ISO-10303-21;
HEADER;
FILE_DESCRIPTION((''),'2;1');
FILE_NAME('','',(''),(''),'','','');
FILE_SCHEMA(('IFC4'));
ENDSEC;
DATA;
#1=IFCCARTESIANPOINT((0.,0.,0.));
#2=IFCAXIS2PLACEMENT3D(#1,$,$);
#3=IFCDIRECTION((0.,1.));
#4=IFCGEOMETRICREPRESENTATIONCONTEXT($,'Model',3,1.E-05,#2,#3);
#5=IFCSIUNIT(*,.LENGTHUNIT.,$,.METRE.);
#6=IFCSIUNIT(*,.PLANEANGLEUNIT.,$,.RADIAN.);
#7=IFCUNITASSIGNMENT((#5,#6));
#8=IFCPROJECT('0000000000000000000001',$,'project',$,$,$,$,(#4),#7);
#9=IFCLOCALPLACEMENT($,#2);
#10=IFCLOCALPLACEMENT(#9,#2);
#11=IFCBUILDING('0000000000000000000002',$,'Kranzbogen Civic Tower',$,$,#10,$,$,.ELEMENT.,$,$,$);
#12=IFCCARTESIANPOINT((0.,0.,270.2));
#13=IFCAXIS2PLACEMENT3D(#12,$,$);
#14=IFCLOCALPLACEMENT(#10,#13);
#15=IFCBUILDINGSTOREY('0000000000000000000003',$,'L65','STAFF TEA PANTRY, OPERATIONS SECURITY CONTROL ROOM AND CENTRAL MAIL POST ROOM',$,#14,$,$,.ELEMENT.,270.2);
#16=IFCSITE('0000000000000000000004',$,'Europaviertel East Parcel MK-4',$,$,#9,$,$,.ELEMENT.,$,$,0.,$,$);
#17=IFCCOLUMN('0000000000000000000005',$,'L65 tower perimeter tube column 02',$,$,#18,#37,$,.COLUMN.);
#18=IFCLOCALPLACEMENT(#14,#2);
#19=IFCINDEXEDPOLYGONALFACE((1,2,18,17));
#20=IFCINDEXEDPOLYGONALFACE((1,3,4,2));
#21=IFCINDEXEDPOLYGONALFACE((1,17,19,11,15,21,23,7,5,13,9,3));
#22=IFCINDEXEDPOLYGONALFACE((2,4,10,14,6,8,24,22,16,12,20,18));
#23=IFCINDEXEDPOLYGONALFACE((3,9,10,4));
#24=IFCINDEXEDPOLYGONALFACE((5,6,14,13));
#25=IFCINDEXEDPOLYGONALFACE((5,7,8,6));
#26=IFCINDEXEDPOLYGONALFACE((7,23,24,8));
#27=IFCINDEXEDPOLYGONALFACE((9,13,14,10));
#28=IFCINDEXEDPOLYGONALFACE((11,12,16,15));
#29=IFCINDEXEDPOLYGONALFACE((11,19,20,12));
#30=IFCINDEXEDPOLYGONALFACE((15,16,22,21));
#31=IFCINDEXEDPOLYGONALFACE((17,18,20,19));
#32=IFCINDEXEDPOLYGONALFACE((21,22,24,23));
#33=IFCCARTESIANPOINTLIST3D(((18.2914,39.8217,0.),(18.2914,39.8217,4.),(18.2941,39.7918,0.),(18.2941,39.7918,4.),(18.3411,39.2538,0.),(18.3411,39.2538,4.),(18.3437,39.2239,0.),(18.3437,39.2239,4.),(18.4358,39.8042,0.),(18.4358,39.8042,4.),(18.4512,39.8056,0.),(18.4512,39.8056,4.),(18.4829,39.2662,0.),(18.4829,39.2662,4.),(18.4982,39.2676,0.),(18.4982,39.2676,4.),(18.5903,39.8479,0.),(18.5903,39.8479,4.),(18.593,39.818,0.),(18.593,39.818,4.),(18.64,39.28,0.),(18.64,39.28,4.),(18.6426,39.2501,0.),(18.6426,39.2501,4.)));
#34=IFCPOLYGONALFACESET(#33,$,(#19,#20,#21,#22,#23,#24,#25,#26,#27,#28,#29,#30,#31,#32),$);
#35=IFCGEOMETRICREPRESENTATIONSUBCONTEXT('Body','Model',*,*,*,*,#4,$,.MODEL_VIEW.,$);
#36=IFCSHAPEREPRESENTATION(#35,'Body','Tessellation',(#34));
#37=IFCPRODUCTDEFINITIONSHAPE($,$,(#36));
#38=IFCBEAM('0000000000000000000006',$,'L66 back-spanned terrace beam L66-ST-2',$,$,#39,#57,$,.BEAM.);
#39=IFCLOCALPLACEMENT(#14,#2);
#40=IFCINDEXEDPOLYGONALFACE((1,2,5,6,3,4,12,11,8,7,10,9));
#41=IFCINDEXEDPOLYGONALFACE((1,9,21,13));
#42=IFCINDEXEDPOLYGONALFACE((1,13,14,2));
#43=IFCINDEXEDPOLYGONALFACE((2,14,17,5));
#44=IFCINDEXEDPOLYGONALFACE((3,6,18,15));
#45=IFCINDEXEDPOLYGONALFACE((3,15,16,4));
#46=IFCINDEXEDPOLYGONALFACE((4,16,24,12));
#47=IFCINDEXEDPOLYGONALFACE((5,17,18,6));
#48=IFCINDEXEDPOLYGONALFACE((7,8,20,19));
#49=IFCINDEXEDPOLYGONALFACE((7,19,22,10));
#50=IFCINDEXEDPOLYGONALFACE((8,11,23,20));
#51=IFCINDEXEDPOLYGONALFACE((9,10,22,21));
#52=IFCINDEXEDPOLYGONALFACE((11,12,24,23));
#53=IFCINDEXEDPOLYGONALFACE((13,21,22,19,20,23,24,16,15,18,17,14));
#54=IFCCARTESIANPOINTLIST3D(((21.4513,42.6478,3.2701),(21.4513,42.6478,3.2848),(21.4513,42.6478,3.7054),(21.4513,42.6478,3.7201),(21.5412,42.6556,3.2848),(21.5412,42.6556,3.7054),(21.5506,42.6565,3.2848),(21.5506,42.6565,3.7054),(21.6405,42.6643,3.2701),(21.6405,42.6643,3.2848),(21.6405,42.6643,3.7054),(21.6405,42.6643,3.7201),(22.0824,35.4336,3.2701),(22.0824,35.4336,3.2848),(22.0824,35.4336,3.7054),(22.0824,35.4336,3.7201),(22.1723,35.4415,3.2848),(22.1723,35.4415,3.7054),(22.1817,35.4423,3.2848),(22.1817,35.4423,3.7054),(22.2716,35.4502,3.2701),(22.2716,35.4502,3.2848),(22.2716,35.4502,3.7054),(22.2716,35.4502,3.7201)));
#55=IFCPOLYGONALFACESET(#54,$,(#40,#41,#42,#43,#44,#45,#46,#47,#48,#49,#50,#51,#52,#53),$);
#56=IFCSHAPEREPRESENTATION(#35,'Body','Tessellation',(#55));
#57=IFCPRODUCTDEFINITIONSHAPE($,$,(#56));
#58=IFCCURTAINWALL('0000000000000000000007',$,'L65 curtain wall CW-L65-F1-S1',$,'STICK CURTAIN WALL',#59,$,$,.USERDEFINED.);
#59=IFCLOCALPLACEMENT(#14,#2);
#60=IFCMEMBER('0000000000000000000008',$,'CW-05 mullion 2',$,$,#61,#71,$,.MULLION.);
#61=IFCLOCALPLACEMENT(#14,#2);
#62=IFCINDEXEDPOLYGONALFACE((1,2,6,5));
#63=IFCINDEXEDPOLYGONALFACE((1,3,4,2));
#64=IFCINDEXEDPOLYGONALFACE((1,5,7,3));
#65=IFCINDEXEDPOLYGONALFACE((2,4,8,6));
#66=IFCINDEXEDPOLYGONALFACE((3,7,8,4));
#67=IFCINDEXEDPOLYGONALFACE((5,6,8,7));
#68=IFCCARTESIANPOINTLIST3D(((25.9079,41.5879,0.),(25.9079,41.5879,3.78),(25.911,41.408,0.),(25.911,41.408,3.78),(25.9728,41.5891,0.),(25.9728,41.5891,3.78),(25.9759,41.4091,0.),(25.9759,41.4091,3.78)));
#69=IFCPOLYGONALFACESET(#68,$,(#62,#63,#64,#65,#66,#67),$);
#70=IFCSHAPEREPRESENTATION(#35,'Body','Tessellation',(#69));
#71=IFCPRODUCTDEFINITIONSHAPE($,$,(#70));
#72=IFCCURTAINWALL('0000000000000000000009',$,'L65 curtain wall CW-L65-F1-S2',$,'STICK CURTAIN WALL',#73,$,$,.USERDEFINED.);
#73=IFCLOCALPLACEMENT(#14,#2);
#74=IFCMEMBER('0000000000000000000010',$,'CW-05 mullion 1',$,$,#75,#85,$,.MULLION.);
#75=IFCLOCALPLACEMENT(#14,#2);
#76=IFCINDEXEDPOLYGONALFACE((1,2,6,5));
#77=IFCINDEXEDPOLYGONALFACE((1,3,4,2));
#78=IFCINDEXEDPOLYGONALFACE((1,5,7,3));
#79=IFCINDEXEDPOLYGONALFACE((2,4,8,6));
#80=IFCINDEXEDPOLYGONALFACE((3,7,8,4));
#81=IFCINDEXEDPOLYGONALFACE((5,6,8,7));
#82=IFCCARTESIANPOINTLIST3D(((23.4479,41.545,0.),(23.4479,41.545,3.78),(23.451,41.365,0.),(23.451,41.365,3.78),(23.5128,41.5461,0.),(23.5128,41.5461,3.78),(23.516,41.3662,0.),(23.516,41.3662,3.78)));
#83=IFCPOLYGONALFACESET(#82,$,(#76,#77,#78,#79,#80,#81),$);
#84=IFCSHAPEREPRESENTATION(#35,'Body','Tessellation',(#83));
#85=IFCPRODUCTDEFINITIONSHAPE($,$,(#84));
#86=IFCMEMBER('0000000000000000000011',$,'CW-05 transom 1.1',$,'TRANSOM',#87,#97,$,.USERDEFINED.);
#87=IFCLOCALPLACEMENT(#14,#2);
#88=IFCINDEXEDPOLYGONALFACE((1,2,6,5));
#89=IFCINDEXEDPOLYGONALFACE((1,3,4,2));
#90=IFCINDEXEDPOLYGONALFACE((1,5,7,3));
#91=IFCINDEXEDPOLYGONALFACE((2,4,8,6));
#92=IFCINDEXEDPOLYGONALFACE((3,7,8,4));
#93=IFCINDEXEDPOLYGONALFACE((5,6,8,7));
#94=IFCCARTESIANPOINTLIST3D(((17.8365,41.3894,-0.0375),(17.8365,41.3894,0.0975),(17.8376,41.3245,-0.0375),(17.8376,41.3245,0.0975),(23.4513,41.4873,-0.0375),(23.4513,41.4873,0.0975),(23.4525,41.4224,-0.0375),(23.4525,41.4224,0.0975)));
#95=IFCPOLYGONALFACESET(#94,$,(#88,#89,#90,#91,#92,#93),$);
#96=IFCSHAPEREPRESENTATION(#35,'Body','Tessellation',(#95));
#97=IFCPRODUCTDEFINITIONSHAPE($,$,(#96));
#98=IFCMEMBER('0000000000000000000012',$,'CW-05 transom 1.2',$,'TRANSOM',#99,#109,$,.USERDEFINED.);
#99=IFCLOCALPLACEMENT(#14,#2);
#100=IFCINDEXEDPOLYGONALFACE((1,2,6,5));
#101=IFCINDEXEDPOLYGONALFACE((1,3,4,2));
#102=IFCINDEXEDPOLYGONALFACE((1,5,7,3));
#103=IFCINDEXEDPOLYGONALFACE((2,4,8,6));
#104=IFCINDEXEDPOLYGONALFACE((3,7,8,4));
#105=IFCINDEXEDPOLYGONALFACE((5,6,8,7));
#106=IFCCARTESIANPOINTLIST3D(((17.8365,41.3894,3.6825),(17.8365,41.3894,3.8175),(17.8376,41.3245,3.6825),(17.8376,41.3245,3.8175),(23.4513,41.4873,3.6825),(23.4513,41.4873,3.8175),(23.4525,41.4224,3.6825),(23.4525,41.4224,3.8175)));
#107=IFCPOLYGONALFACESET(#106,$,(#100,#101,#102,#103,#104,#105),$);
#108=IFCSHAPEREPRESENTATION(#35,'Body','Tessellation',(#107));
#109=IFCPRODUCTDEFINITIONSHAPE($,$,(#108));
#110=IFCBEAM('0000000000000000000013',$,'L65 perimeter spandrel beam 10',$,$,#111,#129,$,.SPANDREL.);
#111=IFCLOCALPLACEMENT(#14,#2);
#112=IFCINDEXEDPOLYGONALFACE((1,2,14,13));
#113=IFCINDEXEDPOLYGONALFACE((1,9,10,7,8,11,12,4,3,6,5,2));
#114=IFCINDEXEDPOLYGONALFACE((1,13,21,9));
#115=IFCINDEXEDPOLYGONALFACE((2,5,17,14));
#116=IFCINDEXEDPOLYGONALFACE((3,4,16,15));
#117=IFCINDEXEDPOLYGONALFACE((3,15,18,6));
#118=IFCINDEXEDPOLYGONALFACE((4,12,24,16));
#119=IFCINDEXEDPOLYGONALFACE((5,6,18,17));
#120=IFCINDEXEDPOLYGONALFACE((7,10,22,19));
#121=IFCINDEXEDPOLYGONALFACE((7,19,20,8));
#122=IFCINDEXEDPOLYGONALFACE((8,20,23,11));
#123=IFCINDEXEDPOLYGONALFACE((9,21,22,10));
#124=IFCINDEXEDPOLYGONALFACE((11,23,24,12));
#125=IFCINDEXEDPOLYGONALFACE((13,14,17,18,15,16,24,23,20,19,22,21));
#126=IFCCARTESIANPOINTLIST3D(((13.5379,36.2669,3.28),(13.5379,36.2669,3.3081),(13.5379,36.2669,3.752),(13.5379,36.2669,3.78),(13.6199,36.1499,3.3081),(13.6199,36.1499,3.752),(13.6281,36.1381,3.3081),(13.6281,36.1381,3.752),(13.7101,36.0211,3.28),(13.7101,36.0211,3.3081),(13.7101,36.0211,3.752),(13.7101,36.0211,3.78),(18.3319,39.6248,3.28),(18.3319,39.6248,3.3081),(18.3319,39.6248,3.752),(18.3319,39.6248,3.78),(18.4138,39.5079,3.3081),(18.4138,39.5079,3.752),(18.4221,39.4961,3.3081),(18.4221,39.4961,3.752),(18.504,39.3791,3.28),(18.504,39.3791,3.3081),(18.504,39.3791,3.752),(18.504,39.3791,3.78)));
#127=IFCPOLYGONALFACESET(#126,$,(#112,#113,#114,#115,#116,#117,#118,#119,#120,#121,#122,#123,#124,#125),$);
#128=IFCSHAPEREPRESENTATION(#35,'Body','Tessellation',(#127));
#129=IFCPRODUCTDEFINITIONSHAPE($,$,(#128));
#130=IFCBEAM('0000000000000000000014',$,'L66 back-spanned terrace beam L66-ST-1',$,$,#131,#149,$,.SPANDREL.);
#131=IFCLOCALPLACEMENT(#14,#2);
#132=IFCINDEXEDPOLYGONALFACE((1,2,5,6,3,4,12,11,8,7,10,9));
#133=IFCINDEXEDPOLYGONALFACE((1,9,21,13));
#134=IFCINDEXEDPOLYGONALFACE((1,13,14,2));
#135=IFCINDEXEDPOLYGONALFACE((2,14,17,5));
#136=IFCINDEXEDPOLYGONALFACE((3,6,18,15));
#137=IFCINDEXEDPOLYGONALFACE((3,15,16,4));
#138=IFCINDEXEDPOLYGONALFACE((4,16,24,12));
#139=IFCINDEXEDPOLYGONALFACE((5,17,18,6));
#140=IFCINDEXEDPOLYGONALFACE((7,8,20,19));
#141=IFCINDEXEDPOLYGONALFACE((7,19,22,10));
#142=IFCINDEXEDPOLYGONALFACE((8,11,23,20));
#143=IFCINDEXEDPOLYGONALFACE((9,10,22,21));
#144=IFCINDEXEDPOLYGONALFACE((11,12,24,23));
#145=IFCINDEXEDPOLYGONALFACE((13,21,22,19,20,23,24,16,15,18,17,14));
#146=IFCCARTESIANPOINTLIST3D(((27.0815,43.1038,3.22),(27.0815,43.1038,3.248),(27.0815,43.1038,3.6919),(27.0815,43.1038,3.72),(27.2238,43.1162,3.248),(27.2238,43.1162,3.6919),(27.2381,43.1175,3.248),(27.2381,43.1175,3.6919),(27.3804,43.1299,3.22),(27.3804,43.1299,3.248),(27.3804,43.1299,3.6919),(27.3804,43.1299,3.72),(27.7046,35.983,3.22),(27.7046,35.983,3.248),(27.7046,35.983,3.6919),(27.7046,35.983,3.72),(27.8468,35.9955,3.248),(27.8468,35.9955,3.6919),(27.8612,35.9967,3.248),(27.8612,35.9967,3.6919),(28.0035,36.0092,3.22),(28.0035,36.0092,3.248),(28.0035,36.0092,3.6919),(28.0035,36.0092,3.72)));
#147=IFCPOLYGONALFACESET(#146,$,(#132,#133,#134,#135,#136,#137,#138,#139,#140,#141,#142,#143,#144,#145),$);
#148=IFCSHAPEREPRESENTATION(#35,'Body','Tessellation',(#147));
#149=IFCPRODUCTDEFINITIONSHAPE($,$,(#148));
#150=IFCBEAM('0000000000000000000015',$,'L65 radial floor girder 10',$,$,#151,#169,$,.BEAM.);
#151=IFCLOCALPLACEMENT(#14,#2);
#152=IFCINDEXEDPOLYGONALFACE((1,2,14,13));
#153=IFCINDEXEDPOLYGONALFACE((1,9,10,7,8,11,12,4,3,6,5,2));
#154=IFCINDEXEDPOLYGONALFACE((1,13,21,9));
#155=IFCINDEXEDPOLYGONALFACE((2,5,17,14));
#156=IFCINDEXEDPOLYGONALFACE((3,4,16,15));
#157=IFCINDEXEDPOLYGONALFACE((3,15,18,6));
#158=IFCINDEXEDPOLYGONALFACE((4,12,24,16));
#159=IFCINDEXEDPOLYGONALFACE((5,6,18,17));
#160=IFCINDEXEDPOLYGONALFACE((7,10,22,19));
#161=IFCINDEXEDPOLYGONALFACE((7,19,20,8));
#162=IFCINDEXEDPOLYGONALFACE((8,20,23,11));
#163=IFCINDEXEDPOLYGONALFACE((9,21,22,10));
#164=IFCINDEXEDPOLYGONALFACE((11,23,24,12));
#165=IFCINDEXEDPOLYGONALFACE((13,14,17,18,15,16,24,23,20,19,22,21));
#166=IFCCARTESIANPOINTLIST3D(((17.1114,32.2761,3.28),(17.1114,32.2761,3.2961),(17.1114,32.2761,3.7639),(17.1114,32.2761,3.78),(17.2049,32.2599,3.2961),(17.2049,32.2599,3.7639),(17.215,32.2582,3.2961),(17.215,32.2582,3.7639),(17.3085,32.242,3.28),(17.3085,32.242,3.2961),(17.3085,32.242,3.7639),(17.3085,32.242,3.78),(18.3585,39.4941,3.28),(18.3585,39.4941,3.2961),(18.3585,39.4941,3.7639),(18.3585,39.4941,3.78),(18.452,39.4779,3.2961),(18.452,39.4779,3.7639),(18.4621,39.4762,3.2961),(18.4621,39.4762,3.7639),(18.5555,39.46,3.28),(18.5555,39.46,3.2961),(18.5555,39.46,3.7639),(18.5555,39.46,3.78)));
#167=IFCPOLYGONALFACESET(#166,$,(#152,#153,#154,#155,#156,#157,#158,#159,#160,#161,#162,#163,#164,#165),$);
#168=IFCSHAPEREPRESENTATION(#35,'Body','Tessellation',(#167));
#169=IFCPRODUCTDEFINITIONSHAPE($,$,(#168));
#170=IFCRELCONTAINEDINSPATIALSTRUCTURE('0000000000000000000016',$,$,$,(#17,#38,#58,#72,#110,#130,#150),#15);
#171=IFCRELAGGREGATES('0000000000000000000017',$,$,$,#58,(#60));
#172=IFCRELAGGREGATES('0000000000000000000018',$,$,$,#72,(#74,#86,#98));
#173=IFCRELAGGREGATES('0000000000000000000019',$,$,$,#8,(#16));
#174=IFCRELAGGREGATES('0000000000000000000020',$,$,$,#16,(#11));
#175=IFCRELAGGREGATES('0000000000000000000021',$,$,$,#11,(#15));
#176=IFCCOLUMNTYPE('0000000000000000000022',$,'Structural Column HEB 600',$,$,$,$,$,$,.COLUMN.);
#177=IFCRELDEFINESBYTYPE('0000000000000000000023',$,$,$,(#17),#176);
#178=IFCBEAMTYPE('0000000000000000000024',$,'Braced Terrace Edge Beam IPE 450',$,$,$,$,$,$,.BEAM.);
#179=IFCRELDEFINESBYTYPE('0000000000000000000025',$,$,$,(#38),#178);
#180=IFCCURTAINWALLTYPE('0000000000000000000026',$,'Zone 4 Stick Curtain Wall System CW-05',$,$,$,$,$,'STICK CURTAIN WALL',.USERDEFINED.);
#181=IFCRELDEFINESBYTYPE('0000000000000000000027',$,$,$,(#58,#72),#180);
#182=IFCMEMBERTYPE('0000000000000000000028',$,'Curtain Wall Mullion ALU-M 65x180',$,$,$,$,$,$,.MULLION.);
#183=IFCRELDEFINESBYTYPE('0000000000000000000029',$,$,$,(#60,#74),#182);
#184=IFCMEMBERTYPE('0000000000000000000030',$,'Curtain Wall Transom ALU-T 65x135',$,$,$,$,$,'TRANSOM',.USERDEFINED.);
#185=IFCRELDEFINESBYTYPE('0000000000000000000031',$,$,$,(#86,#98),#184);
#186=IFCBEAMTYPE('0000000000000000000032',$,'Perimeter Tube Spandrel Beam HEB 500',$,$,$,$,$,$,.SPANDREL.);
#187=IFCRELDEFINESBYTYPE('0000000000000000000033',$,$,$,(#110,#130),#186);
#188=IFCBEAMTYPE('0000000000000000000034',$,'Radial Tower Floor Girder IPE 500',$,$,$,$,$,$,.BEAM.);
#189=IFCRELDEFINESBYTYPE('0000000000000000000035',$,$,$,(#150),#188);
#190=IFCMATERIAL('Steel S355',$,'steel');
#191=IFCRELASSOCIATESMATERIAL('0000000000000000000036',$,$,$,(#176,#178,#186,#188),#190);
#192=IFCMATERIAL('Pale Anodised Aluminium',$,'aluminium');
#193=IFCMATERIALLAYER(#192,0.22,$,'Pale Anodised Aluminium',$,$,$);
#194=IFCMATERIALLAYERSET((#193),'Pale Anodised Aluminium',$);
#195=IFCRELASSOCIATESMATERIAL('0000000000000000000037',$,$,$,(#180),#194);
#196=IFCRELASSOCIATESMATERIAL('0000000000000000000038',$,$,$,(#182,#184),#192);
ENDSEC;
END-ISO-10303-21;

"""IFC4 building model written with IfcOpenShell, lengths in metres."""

from ifc_helpers import new_model, si_unit, direction, frame, origin, origin_2d, place, context, subcontext, project, spatial, rectangle, i_section, extrude, material, layer, layer_set, material_profile, profile_set, type_object, element, aggregate, save


model = new_model("IFC4")

# Units and contexts
model_context = context("Model", 3, precision=1e-05, world=origin(), true_north=direction((0.0, 1.0)))
body_context = subcontext(model_context, "Body", "Model", "MODEL_VIEW")
ifc_project = project(units=[si_unit("LENGTHUNIT", "METRE"), si_unit("PLANEANGLEUNIT", "RADIAN")], contexts=[model_context])

# Site, building, storey
site_placement = place(None, origin())
site = spatial("IfcSite", under=ifc_project, at=site_placement, Name="Europaviertel East Parcel MK-4", CompositionType="ELEMENT", RefElevation=0.0)
building_placement = place(site_placement, origin())
building = spatial("IfcBuilding", under=site, at=building_placement, Name="Kranzbogen Civic Tower", CompositionType="ELEMENT")
storey_placement = place(building_placement, frame((0.0, 0.0, 270.2)))
storey = spatial("IfcBuildingStorey", under=building, at=storey_placement, Name="L65", Description="STAFF TEA PANTRY, OPERATIONS SECURITY CONTROL ROOM AND CENTRAL MAIL POST ROOM", CompositionType="ELEMENT", Elevation=270.2)

# Column
ifc_material_1 = material(Name="Steel S355", Category="steel")
ifc_material_profile_1 = material_profile(ifc_material_1, i_section(OverallWidth=0.3, OverallDepth=0.6001, WebThickness=0.0154, FlangeThickness=0.03, at=origin_2d()), Name="HEB 600")
ifc_profile_set_1 = profile_set([ifc_material_profile_1], Name="Steel S355")
column_type = type_object("IfcColumnType", Name="Structural Column HEB 600", PredefinedType="COLUMN", material=ifc_profile_set_1)
column_placement = place(storey_placement, frame((18.467, 39.5359, 0.0), z_axis=(0.0, 0.0, 1.0), x_axis=(0.996195, 0.087156, 0.0)))
element("IfcColumn", 1, at=column_placement, inside=storey, type_object=column_type, Name="L65 tower perimeter tube column 02", PredefinedType="COLUMN", context=body_context, shape_type="SweptSolid", body=[
    extrude(i_section(OverallWidth=0.3, OverallDepth=0.6001, WebThickness=0.0154, FlangeThickness=0.03, at=origin_2d()), origin(), (0.0, 0.0, 1.0), 4.0),
])

# Beam
ifc_material_profile_2 = material_profile(ifc_material_1, i_section(OverallWidth=0.1899, OverallDepth=0.45, WebThickness=0.0095, FlangeThickness=0.0146, at=origin_2d()), Name="IPE 450")
ifc_profile_set_2 = profile_set([ifc_material_profile_2], Name="Steel S355")
beam_type_1 = type_object("IfcBeamType", Name="Braced Terrace Edge Beam IPE 450", PredefinedType="BEAM", material=ifc_profile_set_2)
beam_1_placement = place(storey_placement, frame((22.177, 35.4419, 3.4951), z_axis=(-0.087149, 0.996195, 0.0), x_axis=(-0.996195, -0.087149, 0.0)))
element("IfcBeam", 2, at=beam_1_placement, inside=storey, type_object=beam_type_1, Name="L66 back-spanned terrace beam L66-ST-2", PredefinedType="BEAM", context=body_context, shape_type="SweptSolid", body=[
    extrude(i_section(OverallWidth=0.1899, OverallDepth=0.45, WebThickness=0.0095, FlangeThickness=0.0146, at=origin_2d()), origin(), (0.0, 0.0, 1.0), 7.2417),
])

# Curtain wall, member
ifc_material_2 = material(Name="Pale Anodised Aluminium", Category="aluminium")
ifc_layer_1 = layer(ifc_material_2, 0.22, Name="Pale Anodised Aluminium")
ifc_layer_set_1 = layer_set([ifc_layer_1], Name="Pale Anodised Aluminium")
curtain_wall_type = type_object("IfcCurtainWallType", Name="Zone 4 Stick Curtain Wall System CW-05", ElementType="STICK CURTAIN WALL", PredefinedType="USERDEFINED", material=ifc_layer_set_1)
curtain_wall_1_placement = place(storey_placement, origin())
curtain_wall_1 = element("IfcCurtainWall", 3, at=curtain_wall_1_placement, inside=storey, type_object=curtain_wall_type, Name="L65 curtain wall CW-L65-F1-S1", ObjectType="STICK CURTAIN WALL", PredefinedType="USERDEFINED")
ifc_material_profile_3 = material_profile(ifc_material_2, rectangle(XDim=0.0649, YDim=0.1799, at=origin_2d()), Name="ALU-M 65x180")
ifc_profile_set_3 = profile_set([ifc_material_profile_3], Name="Pale Anodised Aluminium")
member_type_1 = type_object("IfcMemberType", Name="Curtain Wall Mullion ALU-M 65x180", PredefinedType="MULLION", material=ifc_profile_set_3)
member_1_placement = place(storey_placement, frame((25.9419, 41.4985, 0.0), z_axis=(0.0, 0.0, 1.0), x_axis=(-0.999848, -0.017431, 0.0)))
member_1 = element("IfcMember", 4, at=member_1_placement, type_object=member_type_1, Name="CW-05 mullion 2", PredefinedType="MULLION", context=body_context, shape_type="SweptSolid", body=[
    extrude(rectangle(XDim=0.0649, YDim=0.1799, at=origin_2d()), origin(), (0.0, 0.0, 1.0), 3.78),
])

# Curtain wall, members
curtain_wall_2_placement = place(storey_placement, origin())
curtain_wall_2 = element("IfcCurtainWall", 5, at=curtain_wall_2_placement, inside=storey, type_object=curtain_wall_type, Name="L65 curtain wall CW-L65-F1-S2", ObjectType="STICK CURTAIN WALL", PredefinedType="USERDEFINED")
member_2_placement = place(storey_placement, frame((23.4819, 41.4556, 0.0), z_axis=(0.0, 0.0, 1.0), x_axis=(-0.999848, -0.017434, 0.0)))
member_2 = element("IfcMember", 6, at=member_2_placement, type_object=member_type_1, Name="CW-05 mullion 1", PredefinedType="MULLION", context=body_context, shape_type="SweptSolid", body=[
    extrude(rectangle(XDim=0.0649, YDim=0.1799, at=origin_2d()), origin(), (0.0, 0.0, 1.0), 3.78),
])
ifc_material_profile_4 = material_profile(ifc_material_2, rectangle(XDim=0.0649, YDim=0.135, at=origin_2d()), Name="ALU-T 65x135")
ifc_profile_set_4 = profile_set([ifc_material_profile_4], Name="Pale Anodised Aluminium")
member_type_2 = type_object("IfcMemberType", Name="Curtain Wall Transom ALU-T 65x135", ElementType="TRANSOM", PredefinedType="USERDEFINED", material=ifc_profile_set_4)
member_3_placement = place(storey_placement, frame((23.4519, 41.4548, 0.03), z_axis=(-0.999848, -0.017433, 0.0), x_axis=(0.017433, -0.999848, 0.0)))
member_3 = element("IfcMember", 7, at=member_3_placement, type_object=member_type_2, Name="CW-05 transom 1.1", ObjectType="TRANSOM", PredefinedType="USERDEFINED", context=body_context, shape_type="SweptSolid", body=[
    extrude(rectangle(XDim=0.0649, YDim=0.135, at=origin_2d()), origin(), (0.0, 0.0, 1.0), 5.6157),
])
member_4_placement = place(storey_placement, frame((23.4519, 41.4548, 3.75), z_axis=(-0.999848, -0.017433, 0.0), x_axis=(0.017433, -0.999848, 0.0)))
member_4 = element("IfcMember", 8, at=member_4_placement, type_object=member_type_2, Name="CW-05 transom 1.2", ObjectType="TRANSOM", PredefinedType="USERDEFINED", context=body_context, shape_type="SweptSolid", body=[
    extrude(rectangle(XDim=0.0649, YDim=0.135, at=origin_2d()), origin(), (0.0, 0.0, 1.0), 5.6157),
])

# Beams
ifc_material_profile_5 = material_profile(ifc_material_1, i_section(OverallWidth=0.3, OverallDepth=0.5, WebThickness=0.0144, FlangeThickness=0.0281, at=origin_2d()), Name="HEB 500")
ifc_profile_set_5 = profile_set([ifc_material_profile_5], Name="Steel S355")
beam_type_2 = type_object("IfcBeamType", Name="Perimeter Tube Spandrel Beam HEB 500", PredefinedType="SPANDREL", material=ifc_profile_set_5)
beam_2_placement = place(storey_placement, frame((18.418, 39.502, 3.53), z_axis=(-0.819059, -0.573709, 0.0), x_axis=(0.573709, -0.819059, 0.0)))
element("IfcBeam", 9, at=beam_2_placement, inside=storey, type_object=beam_type_2, Name="L65 perimeter spandrel beam 10", PredefinedType="SPANDREL", context=body_context, shape_type="SweptSolid", body=[
    extrude(i_section(OverallWidth=0.3, OverallDepth=0.5, WebThickness=0.0144, FlangeThickness=0.0281, at=origin_2d()), origin(), (0.0, 0.0, 1.0), 5.853),
])
beam_3_placement = place(storey_placement, frame((27.854, 35.9961, 3.47), z_axis=(-0.087163, 0.996194, 0.0), x_axis=(-0.996194, -0.087163, 0.0)))
element("IfcBeam", 10, at=beam_3_placement, inside=storey, type_object=beam_type_2, Name="L66 back-spanned terrace beam L66-ST-1", PredefinedType="SPANDREL", context=body_context, shape_type="SweptSolid", body=[
    extrude(i_section(OverallWidth=0.3, OverallDepth=0.5, WebThickness=0.0144, FlangeThickness=0.0281, at=origin_2d()), origin(), (0.0, 0.0, 1.0), 7.1479),
])
ifc_material_profile_6 = material_profile(ifc_material_1, i_section(OverallWidth=0.2, OverallDepth=0.5, WebThickness=0.0103, FlangeThickness=0.0161, at=origin_2d()), Name="IPE 500")
ifc_profile_set_6 = profile_set([ifc_material_profile_6], Name="Steel S355")
beam_type_3 = type_object("IfcBeamType", Name="Radial Tower Floor Girder IPE 500", PredefinedType="BEAM", material=ifc_profile_set_6)
beam_4_placement = place(storey_placement, frame((18.457, 39.4771, 3.53), z_axis=(-0.17025, -0.985401, 0.0), x_axis=(0.985401, -0.17025, 0.0)))
element("IfcBeam", 11, at=beam_4_placement, inside=storey, type_object=beam_type_3, Name="L65 radial floor girder 10", PredefinedType="BEAM", context=body_context, shape_type="SweptSolid", body=[
    extrude(i_section(OverallWidth=0.2, OverallDepth=0.5, WebThickness=0.0103, FlangeThickness=0.0161, at=origin_2d()), origin(), (0.0, 0.0, 1.0), 7.325),
])

aggregate(curtain_wall_1, [member_1])
aggregate(curtain_wall_2, [member_2, member_3, member_4])

save(model, "model.ifc")
